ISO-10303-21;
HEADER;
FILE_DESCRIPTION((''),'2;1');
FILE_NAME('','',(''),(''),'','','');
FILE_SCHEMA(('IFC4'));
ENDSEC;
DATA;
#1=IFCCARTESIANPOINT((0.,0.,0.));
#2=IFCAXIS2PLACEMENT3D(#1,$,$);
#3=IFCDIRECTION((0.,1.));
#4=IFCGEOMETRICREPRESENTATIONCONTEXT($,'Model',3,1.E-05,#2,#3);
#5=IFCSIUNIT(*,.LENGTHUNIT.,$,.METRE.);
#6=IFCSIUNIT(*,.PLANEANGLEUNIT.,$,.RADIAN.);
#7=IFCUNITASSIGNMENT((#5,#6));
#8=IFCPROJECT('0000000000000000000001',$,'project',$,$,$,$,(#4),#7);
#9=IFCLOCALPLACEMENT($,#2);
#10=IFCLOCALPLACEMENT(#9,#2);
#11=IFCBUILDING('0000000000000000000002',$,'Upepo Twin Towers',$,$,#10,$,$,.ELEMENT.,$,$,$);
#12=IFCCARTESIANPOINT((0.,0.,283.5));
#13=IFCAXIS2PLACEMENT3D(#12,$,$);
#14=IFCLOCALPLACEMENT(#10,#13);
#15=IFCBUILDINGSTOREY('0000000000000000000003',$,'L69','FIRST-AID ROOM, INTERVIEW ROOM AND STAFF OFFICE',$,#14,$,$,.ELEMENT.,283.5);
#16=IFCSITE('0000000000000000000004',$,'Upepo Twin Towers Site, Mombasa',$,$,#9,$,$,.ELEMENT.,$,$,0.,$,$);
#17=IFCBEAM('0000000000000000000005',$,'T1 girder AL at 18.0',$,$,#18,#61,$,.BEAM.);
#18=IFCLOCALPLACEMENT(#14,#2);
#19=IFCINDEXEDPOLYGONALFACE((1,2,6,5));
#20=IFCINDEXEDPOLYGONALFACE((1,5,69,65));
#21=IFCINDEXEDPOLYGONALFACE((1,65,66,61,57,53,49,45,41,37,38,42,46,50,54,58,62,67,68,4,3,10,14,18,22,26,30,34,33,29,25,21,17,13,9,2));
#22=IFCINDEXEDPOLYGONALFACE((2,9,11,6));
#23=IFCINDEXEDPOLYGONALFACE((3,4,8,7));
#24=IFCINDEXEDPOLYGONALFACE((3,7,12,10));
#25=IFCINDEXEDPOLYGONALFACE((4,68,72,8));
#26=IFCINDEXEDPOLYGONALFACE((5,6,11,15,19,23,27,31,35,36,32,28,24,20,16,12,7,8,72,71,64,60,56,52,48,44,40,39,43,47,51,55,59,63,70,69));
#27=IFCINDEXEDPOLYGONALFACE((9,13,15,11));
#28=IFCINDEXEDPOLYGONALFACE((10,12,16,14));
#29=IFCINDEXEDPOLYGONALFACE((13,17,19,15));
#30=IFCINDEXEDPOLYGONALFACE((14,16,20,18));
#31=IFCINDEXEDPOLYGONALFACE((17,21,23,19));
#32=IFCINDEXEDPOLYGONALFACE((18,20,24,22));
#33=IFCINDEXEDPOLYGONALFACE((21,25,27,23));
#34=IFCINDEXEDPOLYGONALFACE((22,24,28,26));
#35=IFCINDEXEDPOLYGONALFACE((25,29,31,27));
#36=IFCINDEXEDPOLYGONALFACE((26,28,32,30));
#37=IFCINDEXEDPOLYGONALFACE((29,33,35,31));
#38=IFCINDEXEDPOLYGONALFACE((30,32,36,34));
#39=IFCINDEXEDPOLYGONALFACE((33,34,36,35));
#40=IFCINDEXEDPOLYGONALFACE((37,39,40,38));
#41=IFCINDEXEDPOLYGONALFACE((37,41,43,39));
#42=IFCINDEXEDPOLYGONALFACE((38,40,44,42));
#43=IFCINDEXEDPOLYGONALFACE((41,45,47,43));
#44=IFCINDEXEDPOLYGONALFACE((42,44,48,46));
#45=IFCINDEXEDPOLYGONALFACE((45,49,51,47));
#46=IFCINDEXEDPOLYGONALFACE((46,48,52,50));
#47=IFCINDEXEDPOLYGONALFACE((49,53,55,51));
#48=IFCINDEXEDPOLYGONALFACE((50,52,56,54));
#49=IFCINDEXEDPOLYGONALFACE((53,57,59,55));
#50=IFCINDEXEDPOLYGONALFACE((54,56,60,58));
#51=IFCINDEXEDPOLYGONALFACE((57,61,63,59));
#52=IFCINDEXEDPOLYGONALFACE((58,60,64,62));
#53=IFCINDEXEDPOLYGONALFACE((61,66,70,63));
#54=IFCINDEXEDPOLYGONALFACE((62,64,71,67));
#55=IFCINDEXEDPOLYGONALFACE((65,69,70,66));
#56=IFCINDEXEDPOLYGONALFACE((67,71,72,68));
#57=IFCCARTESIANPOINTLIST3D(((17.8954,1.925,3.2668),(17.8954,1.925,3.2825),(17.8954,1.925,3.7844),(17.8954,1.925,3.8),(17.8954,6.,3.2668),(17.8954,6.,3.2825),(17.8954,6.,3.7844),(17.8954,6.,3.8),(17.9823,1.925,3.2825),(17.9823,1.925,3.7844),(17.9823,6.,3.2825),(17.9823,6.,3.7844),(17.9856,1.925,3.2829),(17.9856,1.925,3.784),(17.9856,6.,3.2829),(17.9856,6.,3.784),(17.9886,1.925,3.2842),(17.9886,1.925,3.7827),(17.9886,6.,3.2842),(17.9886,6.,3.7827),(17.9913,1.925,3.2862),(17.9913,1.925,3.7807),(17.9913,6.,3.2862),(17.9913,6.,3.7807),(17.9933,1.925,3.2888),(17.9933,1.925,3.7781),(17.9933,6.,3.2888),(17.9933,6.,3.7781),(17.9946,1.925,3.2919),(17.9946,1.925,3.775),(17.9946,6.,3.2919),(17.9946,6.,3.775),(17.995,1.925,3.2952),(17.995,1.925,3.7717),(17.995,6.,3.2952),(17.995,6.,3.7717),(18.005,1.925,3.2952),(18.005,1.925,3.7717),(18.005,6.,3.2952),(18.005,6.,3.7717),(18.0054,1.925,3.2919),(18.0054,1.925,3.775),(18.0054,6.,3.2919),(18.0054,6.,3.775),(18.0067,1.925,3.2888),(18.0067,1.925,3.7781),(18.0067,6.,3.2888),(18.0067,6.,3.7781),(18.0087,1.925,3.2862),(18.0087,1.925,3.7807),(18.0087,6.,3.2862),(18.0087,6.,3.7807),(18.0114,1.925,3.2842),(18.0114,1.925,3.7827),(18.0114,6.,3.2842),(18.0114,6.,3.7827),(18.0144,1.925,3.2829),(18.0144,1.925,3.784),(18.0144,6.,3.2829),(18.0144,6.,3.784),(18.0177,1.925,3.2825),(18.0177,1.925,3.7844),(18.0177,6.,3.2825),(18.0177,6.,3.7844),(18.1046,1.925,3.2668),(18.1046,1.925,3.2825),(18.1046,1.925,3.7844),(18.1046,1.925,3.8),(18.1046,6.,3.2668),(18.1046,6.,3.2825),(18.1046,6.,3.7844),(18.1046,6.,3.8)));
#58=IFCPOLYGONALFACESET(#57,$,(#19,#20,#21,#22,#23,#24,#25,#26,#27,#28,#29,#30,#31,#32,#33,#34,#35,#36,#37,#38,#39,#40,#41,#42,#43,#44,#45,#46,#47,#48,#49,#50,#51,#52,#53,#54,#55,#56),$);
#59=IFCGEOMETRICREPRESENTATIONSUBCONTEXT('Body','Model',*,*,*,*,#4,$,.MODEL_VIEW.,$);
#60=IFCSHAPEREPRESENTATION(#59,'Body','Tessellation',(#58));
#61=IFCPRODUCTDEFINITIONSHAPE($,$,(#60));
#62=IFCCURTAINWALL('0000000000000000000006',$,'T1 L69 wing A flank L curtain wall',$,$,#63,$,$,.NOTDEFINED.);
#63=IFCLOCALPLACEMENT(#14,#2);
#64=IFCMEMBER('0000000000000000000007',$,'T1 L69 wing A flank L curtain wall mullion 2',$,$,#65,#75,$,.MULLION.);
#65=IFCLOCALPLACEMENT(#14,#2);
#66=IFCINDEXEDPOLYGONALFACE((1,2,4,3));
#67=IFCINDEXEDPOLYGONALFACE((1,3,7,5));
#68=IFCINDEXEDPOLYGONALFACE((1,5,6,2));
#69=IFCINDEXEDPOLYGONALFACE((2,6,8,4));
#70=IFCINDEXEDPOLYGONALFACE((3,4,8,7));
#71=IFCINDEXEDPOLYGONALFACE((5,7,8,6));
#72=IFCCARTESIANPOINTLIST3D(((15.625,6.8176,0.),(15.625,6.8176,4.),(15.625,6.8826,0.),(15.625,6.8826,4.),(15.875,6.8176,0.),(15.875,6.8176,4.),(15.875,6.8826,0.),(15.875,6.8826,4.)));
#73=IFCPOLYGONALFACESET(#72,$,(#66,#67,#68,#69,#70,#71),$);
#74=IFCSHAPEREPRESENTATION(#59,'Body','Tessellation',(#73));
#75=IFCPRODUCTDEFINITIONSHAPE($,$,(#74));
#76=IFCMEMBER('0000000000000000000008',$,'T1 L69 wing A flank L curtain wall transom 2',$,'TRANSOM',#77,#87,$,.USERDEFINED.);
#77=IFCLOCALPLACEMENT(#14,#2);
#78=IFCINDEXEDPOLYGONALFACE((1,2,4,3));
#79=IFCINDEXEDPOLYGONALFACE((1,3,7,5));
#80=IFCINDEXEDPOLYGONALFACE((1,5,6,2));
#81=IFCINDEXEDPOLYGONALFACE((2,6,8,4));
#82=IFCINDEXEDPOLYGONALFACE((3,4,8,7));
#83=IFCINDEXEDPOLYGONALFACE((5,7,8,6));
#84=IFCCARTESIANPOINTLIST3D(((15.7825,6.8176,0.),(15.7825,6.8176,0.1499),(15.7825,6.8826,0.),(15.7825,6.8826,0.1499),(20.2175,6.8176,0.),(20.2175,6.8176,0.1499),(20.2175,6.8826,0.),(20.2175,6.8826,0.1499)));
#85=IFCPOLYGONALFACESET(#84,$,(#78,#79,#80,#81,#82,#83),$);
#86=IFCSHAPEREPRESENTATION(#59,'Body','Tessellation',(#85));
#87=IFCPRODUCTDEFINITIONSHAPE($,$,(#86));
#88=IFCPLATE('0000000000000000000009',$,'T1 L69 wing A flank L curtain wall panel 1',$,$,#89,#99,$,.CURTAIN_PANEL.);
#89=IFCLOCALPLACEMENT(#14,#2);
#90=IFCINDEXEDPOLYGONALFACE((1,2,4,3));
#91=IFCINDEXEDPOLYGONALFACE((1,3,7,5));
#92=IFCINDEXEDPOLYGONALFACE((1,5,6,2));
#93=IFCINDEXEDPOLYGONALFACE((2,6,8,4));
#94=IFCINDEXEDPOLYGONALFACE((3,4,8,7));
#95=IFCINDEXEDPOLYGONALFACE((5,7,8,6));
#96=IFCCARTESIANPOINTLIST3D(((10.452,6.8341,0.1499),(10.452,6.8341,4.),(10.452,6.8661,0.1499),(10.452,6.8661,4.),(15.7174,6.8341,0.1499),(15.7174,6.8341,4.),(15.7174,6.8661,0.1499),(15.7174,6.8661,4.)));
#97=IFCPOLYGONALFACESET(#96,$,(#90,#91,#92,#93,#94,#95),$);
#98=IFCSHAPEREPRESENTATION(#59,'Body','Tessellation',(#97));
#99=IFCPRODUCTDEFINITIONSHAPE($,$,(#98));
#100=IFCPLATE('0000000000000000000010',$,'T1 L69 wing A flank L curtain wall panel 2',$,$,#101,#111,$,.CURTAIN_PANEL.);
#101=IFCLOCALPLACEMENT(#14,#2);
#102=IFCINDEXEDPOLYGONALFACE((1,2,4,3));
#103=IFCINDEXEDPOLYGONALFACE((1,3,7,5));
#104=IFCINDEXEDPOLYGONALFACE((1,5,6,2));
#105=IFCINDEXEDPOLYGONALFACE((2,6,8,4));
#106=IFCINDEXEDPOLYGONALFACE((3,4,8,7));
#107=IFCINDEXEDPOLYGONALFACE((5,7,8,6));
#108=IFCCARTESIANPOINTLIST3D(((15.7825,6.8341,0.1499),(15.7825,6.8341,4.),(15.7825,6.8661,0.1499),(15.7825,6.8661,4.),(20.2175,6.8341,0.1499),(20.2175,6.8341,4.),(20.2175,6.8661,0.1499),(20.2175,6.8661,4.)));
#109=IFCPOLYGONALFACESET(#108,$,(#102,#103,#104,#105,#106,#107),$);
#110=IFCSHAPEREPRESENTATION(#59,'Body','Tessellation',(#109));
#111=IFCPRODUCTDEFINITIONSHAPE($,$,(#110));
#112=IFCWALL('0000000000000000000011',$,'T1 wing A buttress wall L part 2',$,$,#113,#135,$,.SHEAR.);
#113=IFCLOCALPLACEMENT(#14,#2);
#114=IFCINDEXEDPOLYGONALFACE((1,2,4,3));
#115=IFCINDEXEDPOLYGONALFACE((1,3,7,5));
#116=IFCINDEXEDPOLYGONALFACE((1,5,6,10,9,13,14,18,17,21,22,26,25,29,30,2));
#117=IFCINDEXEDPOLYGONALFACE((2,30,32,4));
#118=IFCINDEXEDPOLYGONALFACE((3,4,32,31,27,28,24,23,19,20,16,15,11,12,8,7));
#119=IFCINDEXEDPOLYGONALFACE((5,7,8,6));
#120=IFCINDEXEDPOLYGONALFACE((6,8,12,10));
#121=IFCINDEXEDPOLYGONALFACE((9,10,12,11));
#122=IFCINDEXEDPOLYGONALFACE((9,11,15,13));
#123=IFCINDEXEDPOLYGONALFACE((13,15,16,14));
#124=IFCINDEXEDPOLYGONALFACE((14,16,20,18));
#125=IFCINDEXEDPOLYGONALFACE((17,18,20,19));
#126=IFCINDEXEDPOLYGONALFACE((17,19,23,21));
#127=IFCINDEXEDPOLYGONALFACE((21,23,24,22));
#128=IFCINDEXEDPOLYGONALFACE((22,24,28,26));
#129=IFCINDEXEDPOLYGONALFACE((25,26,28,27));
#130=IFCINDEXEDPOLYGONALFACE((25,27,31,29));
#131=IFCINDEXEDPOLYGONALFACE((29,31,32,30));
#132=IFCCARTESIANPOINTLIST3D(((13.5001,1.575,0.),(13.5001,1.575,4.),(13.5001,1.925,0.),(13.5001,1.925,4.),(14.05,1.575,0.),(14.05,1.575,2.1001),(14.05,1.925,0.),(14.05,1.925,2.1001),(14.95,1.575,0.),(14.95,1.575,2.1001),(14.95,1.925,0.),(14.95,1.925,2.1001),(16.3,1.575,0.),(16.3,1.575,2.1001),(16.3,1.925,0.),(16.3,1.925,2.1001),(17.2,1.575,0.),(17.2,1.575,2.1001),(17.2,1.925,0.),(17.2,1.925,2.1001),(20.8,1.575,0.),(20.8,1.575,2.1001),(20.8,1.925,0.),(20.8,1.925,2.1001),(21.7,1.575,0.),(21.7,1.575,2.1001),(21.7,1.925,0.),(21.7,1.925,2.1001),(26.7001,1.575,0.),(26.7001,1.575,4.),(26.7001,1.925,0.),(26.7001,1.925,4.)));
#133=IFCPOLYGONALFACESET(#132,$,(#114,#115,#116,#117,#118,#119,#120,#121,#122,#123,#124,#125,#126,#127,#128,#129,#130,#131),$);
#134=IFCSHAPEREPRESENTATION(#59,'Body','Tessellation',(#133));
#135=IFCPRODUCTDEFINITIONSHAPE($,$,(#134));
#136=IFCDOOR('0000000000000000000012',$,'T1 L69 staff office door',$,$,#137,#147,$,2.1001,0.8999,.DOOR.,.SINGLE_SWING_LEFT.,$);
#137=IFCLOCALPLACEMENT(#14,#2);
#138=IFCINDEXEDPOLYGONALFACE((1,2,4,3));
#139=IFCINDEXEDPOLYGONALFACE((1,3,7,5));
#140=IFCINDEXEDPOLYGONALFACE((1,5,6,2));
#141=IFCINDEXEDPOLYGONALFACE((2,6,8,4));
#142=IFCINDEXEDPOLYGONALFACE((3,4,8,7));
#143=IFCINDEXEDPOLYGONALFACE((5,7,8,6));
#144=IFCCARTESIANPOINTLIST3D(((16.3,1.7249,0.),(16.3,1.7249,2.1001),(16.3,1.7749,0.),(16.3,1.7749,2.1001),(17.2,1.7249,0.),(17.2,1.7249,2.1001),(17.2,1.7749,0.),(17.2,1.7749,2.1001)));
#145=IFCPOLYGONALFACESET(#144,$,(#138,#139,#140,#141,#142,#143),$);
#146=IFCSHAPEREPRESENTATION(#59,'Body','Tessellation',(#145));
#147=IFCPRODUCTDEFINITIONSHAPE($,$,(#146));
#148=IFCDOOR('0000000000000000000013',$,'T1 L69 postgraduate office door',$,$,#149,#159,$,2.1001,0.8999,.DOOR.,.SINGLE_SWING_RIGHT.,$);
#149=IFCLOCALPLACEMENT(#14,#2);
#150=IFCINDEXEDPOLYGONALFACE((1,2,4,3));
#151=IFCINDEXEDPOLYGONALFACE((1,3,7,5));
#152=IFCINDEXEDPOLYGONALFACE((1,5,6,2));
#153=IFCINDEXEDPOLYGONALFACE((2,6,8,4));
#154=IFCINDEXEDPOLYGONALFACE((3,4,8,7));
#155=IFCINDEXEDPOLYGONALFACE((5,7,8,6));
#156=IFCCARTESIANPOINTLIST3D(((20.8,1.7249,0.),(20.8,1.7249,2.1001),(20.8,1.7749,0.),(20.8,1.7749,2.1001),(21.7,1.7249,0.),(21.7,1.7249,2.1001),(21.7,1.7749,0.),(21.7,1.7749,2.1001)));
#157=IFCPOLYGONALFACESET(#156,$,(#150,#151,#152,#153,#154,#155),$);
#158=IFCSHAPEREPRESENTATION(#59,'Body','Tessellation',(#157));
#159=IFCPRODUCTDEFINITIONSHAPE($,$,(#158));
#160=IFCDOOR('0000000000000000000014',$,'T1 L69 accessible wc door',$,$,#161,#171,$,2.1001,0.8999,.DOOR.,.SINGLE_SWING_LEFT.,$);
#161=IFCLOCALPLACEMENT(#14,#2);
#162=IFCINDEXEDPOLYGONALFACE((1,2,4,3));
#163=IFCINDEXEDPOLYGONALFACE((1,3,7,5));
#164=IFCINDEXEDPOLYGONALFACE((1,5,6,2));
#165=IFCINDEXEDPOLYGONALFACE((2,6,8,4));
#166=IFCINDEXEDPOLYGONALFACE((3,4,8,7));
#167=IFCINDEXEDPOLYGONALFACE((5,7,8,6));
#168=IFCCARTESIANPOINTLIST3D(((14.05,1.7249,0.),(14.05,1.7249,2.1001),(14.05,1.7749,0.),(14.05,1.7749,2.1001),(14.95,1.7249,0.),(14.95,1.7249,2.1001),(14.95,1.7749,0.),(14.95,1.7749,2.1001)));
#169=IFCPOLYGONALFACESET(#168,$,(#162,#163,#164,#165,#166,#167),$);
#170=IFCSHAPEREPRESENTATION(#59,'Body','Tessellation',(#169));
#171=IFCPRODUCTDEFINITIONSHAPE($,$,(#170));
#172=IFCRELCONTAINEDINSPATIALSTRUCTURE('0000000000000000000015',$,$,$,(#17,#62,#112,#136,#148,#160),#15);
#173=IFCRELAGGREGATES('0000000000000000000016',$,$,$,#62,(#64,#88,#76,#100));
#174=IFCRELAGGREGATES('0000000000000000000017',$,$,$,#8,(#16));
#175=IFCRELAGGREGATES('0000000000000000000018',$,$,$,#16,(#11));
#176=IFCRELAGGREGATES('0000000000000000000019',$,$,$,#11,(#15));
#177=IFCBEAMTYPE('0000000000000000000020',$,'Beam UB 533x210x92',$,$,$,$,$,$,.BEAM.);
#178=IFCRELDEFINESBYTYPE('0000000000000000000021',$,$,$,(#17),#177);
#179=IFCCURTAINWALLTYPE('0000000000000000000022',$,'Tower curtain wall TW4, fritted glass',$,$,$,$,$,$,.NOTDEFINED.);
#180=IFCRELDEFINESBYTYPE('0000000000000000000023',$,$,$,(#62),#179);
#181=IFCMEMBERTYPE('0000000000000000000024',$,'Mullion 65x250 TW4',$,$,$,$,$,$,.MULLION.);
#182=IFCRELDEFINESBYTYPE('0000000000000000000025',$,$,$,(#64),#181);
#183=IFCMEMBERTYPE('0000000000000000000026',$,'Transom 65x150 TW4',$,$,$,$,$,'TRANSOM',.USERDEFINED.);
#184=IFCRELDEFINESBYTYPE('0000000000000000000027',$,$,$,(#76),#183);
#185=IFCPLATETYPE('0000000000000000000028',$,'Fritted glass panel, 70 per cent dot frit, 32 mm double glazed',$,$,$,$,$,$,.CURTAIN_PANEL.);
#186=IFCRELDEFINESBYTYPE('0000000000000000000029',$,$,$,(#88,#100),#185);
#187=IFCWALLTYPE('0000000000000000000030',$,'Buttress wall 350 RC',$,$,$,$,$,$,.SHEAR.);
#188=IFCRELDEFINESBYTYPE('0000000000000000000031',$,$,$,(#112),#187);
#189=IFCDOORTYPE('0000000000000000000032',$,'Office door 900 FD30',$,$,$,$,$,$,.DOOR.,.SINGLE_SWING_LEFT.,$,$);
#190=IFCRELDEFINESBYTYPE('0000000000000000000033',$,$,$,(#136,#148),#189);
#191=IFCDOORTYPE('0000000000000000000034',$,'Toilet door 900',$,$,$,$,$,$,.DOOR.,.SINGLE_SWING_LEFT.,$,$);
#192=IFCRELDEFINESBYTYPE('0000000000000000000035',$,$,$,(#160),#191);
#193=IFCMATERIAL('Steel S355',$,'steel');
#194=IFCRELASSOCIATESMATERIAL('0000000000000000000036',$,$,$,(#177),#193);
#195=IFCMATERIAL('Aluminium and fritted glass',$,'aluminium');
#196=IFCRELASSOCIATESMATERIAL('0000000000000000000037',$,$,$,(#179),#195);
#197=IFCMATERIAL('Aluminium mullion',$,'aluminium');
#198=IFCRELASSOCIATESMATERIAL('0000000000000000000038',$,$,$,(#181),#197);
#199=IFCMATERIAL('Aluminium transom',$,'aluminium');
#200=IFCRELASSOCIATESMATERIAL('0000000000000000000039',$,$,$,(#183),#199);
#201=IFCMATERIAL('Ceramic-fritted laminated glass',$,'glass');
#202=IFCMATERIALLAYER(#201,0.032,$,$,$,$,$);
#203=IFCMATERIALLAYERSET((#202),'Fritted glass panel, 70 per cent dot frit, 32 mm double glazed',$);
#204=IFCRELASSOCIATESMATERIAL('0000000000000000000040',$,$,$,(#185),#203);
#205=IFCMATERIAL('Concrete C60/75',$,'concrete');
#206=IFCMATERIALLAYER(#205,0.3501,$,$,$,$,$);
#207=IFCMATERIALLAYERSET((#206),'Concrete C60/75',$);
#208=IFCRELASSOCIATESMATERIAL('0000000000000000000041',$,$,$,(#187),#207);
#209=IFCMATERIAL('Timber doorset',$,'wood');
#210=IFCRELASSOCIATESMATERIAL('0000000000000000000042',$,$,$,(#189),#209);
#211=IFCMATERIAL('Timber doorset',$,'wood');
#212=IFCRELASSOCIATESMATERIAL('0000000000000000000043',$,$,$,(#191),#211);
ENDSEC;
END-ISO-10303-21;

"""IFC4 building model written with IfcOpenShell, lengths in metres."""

from ifc_helpers import new_model, si_unit, direction, frame, frame_2d, origin, origin_2d, place, context, subcontext, project, spatial, rectangle, i_section, extrude, material, layer, layer_set, material_profile, profile_set, type_object, element, fill, aggregate, save


model = new_model("IFC4")

# Units and contexts
model_context = context("Model", 3, precision=1e-05, world=origin(), true_north=direction((0.0, 1.0)))
body_context = subcontext(model_context, "Body", "Model", "MODEL_VIEW")
ifc_project = project(units=[si_unit("LENGTHUNIT", "METRE"), si_unit("PLANEANGLEUNIT", "RADIAN")], contexts=[model_context])

# Site, building, storey
site_placement = place(None, origin())
site = spatial("IfcSite", under=ifc_project, at=site_placement, Name="Upepo Twin Towers Site, Mombasa", CompositionType="ELEMENT", RefElevation=0.0)
building_placement = place(site_placement, origin())
building = spatial("IfcBuilding", under=site, at=building_placement, Name="Upepo Twin Towers", CompositionType="ELEMENT")
storey_placement = place(building_placement, frame((0.0, 0.0, 283.5)))
storey = spatial("IfcBuildingStorey", under=building, at=storey_placement, Name="L69", Description="FIRST-AID ROOM, INTERVIEW ROOM AND STAFF OFFICE", CompositionType="ELEMENT", Elevation=283.5)

# Beam
ifc_material_1 = material(Name="Steel S355", Category="steel")
ifc_material_profile_1 = material_profile(ifc_material_1, i_section(OverallWidth=0.2092, OverallDepth=0.5332, WebThickness=0.01, FlangeThickness=0.0156, FilletRadius=0.0127, at=origin_2d()), Name="UB 533x210x92")
ifc_profile_set_1 = profile_set([ifc_material_profile_1], Name="Steel S355")
beam_type_1 = type_object("IfcBeamType", Name="Beam UB 533x210x92", PredefinedType="BEAM", material=ifc_profile_set_1)
for number, where, z_axis, x_axis, name in (
    (1, (18.0, 6.0, 3.5334), (0.0, -1.0, 0.0), (1.0, 0.0, 0.0), "T1 girder AL at 18.0"),
):
    element("IfcBeam", number, at=place(storey_placement, frame(where, z_axis=z_axis, x_axis=x_axis)), inside=storey, type_object=beam_type_1, Name=name, PredefinedType="BEAM", context=body_context, shape_type="SweptSolid", body=[
        extrude(i_section(OverallWidth=0.2092, OverallDepth=0.5332, WebThickness=0.01, FlangeThickness=0.0156, FilletRadius=0.0127, at=origin_2d()), origin(), (0.0, 0.0, 1.0), 4.075),
    ])

# Curtain wall, members, plates
ifc_material_2 = material(Name="Aluminium and fritted glass", Category="aluminium")
curtain_wall_type = type_object("IfcCurtainWallType", Name="Tower curtain wall TW4, fritted glass", PredefinedType="NOTDEFINED", material=ifc_material_2)
curtain_wall_placement = place(storey_placement, origin())
curtain_wall = element("IfcCurtainWall", 2, at=curtain_wall_placement, inside=storey, type_object=curtain_wall_type, Name="T1 L69 wing A flank L curtain wall", PredefinedType="NOTDEFINED")
ifc_material_3 = material(Name="Aluminium mullion", Category="aluminium")
ifc_material_profile_2 = material_profile(ifc_material_3, rectangle(XDim=0.0649, YDim=0.25, at=origin_2d()), Name="MULLION 65x250")
ifc_profile_set_2 = profile_set([ifc_material_profile_2], Name="Aluminium mullion")
member_type_1 = type_object("IfcMemberType", Name="Mullion 65x250 TW4", PredefinedType="MULLION", material=ifc_profile_set_2)
member_1_placement = place(storey_placement, frame((15.75, 6.8501, 0.0), z_axis=(0.0, 0.0, 1.0), x_axis=(0.0, 1.0, 0.0)))
member_1 = element("IfcMember", 3, at=member_1_placement, type_object=member_type_1, Name="T1 L69 wing A flank L curtain wall mullion 2", PredefinedType="MULLION", context=body_context, shape_type="SweptSolid", body=[
    extrude(rectangle(XDim=0.0649, YDim=0.25, at=origin_2d()), origin(), (0.0, 0.0, 1.0), 4.0),
])
ifc_material_4 = material(Name="Aluminium transom", Category="aluminium")
ifc_material_profile_3 = material_profile(ifc_material_4, rectangle(XDim=0.0649, YDim=0.1499, at=origin_2d()), Name="TRANSOM 65x150")
ifc_profile_set_3 = profile_set([ifc_material_profile_3], Name="Aluminium transom")
member_type_2 = type_object("IfcMemberType", Name="Transom 65x150 TW4", ElementType="TRANSOM", PredefinedType="USERDEFINED", material=ifc_profile_set_3)
member_2_placement = place(storey_placement, frame((15.7825, 6.8501, 0.075), z_axis=(1.0, 0.0, 0.0), x_axis=(0.0, 1.0, 0.0)))
member_2 = element("IfcMember", 4, at=member_2_placement, type_object=member_type_2, Name="T1 L69 wing A flank L curtain wall transom 2", ObjectType="TRANSOM", PredefinedType="USERDEFINED", context=body_context, shape_type="SweptSolid", body=[
    extrude(rectangle(XDim=0.0649, YDim=0.1499, at=origin_2d()), origin(), (0.0, 0.0, 1.0), 4.4351),
])
ifc_material_5 = material(Name="Ceramic-fritted laminated glass", Category="glass")
ifc_layer_1 = layer(ifc_material_5, 0.032)
ifc_layer_set_1 = layer_set([ifc_layer_1], Name="Fritted glass panel, 70 per cent dot frit, 32 mm double glazed")
plate_type = type_object("IfcPlateType", Name="Fritted glass panel, 70 per cent dot frit, 32 mm double glazed", PredefinedType="CURTAIN_PANEL", material=ifc_layer_set_1)
plate_1_placement = place(storey_placement, frame((13.0847, 6.8501, 0.1499), z_axis=(0.0, 0.0, 1.0), x_axis=(1.0, 0.0, 0.0)))
plate_1 = element("IfcPlate", 5, at=plate_1_placement, type_object=plate_type, Name="T1 L69 wing A flank L curtain wall panel 1", PredefinedType="CURTAIN_PANEL", context=body_context, shape_type="SweptSolid", body=[
    extrude(rectangle(XDim=5.2654, YDim=0.032, at=origin_2d()), origin(), (0.0, 0.0, 1.0), 3.8501),
])
plate_2_placement = place(storey_placement, frame((18.0, 6.8501, 0.1499), z_axis=(0.0, 0.0, 1.0), x_axis=(1.0, 0.0, 0.0)))
plate_2 = element("IfcPlate", 6, at=plate_2_placement, type_object=plate_type, Name="T1 L69 wing A flank L curtain wall panel 2", PredefinedType="CURTAIN_PANEL", context=body_context, shape_type="SweptSolid", body=[
    extrude(rectangle(XDim=4.4351, YDim=0.032, at=origin_2d()), origin(), (0.0, 0.0, 1.0), 3.8501),
])
aggregate(curtain_wall, [member_1, plate_1, member_2, plate_2])

# Wall, openings, doors
ifc_material_6 = material(Name="Concrete C60/75", Category="concrete")
ifc_layer_2 = layer(ifc_material_6, 0.3501)
ifc_layer_set_2 = layer_set([ifc_layer_2], Name="Concrete C60/75")
wall_type_1 = type_object("IfcWallType", Name="Buttress wall 350 RC", PredefinedType="SHEAR", material=ifc_layer_set_2)
wall_1_placement = place(storey_placement, frame((13.5, 1.75, 0.0), z_axis=(0.0, 0.0, 1.0), x_axis=(1.0, 0.0, 0.0)))
wall_1 = element("IfcWall", 7, at=wall_1_placement, inside=storey, type_object=wall_type_1, Name="T1 wing A buttress wall L part 2", PredefinedType="SHEAR", context=body_context, shape_type="SweptSolid", body=[
    extrude(rectangle(XDim=13.2, YDim=0.3501, at=frame_2d((6.6001, 0.0))), origin(), (0.0, 0.0, 1.0), 4.0),
])
opening_1_placement = place(wall_1_placement, frame((0.55, 0.0, 0.0)))
opening_1 = element("IfcOpeningElement", 8, at=opening_1_placement, cuts=wall_1, PredefinedType="OPENING", context=body_context, shape_type="SweptSolid", body=[
    extrude(rectangle(XDim=0.8999, YDim=2.1001, at=frame_2d((0.45, 1.05))), frame((0.0, 0.1851, 0.0), z_axis=(0.0, -1.0, 0.0), x_axis=(1.0, 0.0, 0.0)), (0.0, 0.0, 1.0), 0.3701),
])
opening_2_placement = place(wall_1_placement, frame((2.8, 0.0, 0.0)))
opening_2 = element("IfcOpeningElement", 9, at=opening_2_placement, cuts=wall_1, PredefinedType="OPENING", context=body_context, shape_type="SweptSolid", body=[
    extrude(rectangle(XDim=0.8999, YDim=2.1001, at=frame_2d((0.45, 1.05))), frame((0.0, 0.1851, 0.0), z_axis=(0.0, -1.0, 0.0), x_axis=(1.0, 0.0, 0.0)), (0.0, 0.0, 1.0), 0.3701),
])
opening_3_placement = place(wall_1_placement, frame((7.3, 0.0, 0.0)))
opening_3 = element("IfcOpeningElement", 10, at=opening_3_placement, cuts=wall_1, PredefinedType="OPENING", context=body_context, shape_type="SweptSolid", body=[
    extrude(rectangle(XDim=0.8999, YDim=2.1001, at=frame_2d((0.45, 1.05))), frame((0.0, 0.1851, 0.0), z_axis=(0.0, -1.0, 0.0), x_axis=(1.0, 0.0, 0.0)), (0.0, 0.0, 1.0), 0.3701),
])
ifc_material_7 = material(Name="Timber doorset", Category="wood")
door_type_1 = type_object("IfcDoorType", Name="Office door 900 FD30", OperationType="SINGLE_SWING_LEFT", PredefinedType="DOOR", material=ifc_material_7)
door_1_placement = place(opening_2_placement, origin())
door_1 = element("IfcDoor", 11, at=door_1_placement, inside=storey, type_object=door_type_1, Name="T1 L69 staff office door", OperationType="SINGLE_SWING_LEFT", OverallHeight=2.1001, OverallWidth=0.8999, PredefinedType="DOOR", context=body_context, shape_type="SweptSolid", body=[
    extrude(rectangle(XDim=0.8999, YDim=2.1001, at=frame_2d((0.45, 1.05))), frame((0.0, 0.0249, 0.0), z_axis=(0.0, -1.0, 0.0), x_axis=(1.0, 0.0, 0.0)), (0.0, 0.0, 1.0), 0.05),
])
fill(opening_2, door_1)
door_2_placement = place(opening_3_placement, origin())
door_2 = element("IfcDoor", 12, at=door_2_placement, inside=storey, type_object=door_type_1, Name="T1 L69 postgraduate office door", OperationType="SINGLE_SWING_RIGHT", OverallHeight=2.1001, OverallWidth=0.8999, PredefinedType="DOOR", context=body_context, shape_type="SweptSolid", body=[
    extrude(rectangle(XDim=0.8999, YDim=2.1001, at=frame_2d((0.45, 1.05))), frame((0.0, 0.0249, 0.0), z_axis=(0.0, -1.0, 0.0), x_axis=(1.0, 0.0, 0.0)), (0.0, 0.0, 1.0), 0.05),
])
fill(opening_3, door_2)
ifc_material_8 = material(Name="Timber doorset", Category="wood")
door_type_2 = type_object("IfcDoorType", Name="Toilet door 900", OperationType="SINGLE_SWING_LEFT", PredefinedType="DOOR", material=ifc_material_8)
door_3_placement = place(opening_1_placement, origin())
door_3 = element("IfcDoor", 13, at=door_3_placement, inside=storey, type_object=door_type_2, Name="T1 L69 accessible wc door", OperationType="SINGLE_SWING_LEFT", OverallHeight=2.1001, OverallWidth=0.8999, PredefinedType="DOOR", context=body_context, shape_type="SweptSolid", body=[
    extrude(rectangle(XDim=0.8999, YDim=2.1001, at=frame_2d((0.45, 1.05))), frame((0.0, 0.0249, 0.0), z_axis=(0.0, -1.0, 0.0), x_axis=(1.0, 0.0, 0.0)), (0.0, 0.0, 1.0), 0.05),
])
fill(opening_1, door_3)

save(model, "model.ifc")
